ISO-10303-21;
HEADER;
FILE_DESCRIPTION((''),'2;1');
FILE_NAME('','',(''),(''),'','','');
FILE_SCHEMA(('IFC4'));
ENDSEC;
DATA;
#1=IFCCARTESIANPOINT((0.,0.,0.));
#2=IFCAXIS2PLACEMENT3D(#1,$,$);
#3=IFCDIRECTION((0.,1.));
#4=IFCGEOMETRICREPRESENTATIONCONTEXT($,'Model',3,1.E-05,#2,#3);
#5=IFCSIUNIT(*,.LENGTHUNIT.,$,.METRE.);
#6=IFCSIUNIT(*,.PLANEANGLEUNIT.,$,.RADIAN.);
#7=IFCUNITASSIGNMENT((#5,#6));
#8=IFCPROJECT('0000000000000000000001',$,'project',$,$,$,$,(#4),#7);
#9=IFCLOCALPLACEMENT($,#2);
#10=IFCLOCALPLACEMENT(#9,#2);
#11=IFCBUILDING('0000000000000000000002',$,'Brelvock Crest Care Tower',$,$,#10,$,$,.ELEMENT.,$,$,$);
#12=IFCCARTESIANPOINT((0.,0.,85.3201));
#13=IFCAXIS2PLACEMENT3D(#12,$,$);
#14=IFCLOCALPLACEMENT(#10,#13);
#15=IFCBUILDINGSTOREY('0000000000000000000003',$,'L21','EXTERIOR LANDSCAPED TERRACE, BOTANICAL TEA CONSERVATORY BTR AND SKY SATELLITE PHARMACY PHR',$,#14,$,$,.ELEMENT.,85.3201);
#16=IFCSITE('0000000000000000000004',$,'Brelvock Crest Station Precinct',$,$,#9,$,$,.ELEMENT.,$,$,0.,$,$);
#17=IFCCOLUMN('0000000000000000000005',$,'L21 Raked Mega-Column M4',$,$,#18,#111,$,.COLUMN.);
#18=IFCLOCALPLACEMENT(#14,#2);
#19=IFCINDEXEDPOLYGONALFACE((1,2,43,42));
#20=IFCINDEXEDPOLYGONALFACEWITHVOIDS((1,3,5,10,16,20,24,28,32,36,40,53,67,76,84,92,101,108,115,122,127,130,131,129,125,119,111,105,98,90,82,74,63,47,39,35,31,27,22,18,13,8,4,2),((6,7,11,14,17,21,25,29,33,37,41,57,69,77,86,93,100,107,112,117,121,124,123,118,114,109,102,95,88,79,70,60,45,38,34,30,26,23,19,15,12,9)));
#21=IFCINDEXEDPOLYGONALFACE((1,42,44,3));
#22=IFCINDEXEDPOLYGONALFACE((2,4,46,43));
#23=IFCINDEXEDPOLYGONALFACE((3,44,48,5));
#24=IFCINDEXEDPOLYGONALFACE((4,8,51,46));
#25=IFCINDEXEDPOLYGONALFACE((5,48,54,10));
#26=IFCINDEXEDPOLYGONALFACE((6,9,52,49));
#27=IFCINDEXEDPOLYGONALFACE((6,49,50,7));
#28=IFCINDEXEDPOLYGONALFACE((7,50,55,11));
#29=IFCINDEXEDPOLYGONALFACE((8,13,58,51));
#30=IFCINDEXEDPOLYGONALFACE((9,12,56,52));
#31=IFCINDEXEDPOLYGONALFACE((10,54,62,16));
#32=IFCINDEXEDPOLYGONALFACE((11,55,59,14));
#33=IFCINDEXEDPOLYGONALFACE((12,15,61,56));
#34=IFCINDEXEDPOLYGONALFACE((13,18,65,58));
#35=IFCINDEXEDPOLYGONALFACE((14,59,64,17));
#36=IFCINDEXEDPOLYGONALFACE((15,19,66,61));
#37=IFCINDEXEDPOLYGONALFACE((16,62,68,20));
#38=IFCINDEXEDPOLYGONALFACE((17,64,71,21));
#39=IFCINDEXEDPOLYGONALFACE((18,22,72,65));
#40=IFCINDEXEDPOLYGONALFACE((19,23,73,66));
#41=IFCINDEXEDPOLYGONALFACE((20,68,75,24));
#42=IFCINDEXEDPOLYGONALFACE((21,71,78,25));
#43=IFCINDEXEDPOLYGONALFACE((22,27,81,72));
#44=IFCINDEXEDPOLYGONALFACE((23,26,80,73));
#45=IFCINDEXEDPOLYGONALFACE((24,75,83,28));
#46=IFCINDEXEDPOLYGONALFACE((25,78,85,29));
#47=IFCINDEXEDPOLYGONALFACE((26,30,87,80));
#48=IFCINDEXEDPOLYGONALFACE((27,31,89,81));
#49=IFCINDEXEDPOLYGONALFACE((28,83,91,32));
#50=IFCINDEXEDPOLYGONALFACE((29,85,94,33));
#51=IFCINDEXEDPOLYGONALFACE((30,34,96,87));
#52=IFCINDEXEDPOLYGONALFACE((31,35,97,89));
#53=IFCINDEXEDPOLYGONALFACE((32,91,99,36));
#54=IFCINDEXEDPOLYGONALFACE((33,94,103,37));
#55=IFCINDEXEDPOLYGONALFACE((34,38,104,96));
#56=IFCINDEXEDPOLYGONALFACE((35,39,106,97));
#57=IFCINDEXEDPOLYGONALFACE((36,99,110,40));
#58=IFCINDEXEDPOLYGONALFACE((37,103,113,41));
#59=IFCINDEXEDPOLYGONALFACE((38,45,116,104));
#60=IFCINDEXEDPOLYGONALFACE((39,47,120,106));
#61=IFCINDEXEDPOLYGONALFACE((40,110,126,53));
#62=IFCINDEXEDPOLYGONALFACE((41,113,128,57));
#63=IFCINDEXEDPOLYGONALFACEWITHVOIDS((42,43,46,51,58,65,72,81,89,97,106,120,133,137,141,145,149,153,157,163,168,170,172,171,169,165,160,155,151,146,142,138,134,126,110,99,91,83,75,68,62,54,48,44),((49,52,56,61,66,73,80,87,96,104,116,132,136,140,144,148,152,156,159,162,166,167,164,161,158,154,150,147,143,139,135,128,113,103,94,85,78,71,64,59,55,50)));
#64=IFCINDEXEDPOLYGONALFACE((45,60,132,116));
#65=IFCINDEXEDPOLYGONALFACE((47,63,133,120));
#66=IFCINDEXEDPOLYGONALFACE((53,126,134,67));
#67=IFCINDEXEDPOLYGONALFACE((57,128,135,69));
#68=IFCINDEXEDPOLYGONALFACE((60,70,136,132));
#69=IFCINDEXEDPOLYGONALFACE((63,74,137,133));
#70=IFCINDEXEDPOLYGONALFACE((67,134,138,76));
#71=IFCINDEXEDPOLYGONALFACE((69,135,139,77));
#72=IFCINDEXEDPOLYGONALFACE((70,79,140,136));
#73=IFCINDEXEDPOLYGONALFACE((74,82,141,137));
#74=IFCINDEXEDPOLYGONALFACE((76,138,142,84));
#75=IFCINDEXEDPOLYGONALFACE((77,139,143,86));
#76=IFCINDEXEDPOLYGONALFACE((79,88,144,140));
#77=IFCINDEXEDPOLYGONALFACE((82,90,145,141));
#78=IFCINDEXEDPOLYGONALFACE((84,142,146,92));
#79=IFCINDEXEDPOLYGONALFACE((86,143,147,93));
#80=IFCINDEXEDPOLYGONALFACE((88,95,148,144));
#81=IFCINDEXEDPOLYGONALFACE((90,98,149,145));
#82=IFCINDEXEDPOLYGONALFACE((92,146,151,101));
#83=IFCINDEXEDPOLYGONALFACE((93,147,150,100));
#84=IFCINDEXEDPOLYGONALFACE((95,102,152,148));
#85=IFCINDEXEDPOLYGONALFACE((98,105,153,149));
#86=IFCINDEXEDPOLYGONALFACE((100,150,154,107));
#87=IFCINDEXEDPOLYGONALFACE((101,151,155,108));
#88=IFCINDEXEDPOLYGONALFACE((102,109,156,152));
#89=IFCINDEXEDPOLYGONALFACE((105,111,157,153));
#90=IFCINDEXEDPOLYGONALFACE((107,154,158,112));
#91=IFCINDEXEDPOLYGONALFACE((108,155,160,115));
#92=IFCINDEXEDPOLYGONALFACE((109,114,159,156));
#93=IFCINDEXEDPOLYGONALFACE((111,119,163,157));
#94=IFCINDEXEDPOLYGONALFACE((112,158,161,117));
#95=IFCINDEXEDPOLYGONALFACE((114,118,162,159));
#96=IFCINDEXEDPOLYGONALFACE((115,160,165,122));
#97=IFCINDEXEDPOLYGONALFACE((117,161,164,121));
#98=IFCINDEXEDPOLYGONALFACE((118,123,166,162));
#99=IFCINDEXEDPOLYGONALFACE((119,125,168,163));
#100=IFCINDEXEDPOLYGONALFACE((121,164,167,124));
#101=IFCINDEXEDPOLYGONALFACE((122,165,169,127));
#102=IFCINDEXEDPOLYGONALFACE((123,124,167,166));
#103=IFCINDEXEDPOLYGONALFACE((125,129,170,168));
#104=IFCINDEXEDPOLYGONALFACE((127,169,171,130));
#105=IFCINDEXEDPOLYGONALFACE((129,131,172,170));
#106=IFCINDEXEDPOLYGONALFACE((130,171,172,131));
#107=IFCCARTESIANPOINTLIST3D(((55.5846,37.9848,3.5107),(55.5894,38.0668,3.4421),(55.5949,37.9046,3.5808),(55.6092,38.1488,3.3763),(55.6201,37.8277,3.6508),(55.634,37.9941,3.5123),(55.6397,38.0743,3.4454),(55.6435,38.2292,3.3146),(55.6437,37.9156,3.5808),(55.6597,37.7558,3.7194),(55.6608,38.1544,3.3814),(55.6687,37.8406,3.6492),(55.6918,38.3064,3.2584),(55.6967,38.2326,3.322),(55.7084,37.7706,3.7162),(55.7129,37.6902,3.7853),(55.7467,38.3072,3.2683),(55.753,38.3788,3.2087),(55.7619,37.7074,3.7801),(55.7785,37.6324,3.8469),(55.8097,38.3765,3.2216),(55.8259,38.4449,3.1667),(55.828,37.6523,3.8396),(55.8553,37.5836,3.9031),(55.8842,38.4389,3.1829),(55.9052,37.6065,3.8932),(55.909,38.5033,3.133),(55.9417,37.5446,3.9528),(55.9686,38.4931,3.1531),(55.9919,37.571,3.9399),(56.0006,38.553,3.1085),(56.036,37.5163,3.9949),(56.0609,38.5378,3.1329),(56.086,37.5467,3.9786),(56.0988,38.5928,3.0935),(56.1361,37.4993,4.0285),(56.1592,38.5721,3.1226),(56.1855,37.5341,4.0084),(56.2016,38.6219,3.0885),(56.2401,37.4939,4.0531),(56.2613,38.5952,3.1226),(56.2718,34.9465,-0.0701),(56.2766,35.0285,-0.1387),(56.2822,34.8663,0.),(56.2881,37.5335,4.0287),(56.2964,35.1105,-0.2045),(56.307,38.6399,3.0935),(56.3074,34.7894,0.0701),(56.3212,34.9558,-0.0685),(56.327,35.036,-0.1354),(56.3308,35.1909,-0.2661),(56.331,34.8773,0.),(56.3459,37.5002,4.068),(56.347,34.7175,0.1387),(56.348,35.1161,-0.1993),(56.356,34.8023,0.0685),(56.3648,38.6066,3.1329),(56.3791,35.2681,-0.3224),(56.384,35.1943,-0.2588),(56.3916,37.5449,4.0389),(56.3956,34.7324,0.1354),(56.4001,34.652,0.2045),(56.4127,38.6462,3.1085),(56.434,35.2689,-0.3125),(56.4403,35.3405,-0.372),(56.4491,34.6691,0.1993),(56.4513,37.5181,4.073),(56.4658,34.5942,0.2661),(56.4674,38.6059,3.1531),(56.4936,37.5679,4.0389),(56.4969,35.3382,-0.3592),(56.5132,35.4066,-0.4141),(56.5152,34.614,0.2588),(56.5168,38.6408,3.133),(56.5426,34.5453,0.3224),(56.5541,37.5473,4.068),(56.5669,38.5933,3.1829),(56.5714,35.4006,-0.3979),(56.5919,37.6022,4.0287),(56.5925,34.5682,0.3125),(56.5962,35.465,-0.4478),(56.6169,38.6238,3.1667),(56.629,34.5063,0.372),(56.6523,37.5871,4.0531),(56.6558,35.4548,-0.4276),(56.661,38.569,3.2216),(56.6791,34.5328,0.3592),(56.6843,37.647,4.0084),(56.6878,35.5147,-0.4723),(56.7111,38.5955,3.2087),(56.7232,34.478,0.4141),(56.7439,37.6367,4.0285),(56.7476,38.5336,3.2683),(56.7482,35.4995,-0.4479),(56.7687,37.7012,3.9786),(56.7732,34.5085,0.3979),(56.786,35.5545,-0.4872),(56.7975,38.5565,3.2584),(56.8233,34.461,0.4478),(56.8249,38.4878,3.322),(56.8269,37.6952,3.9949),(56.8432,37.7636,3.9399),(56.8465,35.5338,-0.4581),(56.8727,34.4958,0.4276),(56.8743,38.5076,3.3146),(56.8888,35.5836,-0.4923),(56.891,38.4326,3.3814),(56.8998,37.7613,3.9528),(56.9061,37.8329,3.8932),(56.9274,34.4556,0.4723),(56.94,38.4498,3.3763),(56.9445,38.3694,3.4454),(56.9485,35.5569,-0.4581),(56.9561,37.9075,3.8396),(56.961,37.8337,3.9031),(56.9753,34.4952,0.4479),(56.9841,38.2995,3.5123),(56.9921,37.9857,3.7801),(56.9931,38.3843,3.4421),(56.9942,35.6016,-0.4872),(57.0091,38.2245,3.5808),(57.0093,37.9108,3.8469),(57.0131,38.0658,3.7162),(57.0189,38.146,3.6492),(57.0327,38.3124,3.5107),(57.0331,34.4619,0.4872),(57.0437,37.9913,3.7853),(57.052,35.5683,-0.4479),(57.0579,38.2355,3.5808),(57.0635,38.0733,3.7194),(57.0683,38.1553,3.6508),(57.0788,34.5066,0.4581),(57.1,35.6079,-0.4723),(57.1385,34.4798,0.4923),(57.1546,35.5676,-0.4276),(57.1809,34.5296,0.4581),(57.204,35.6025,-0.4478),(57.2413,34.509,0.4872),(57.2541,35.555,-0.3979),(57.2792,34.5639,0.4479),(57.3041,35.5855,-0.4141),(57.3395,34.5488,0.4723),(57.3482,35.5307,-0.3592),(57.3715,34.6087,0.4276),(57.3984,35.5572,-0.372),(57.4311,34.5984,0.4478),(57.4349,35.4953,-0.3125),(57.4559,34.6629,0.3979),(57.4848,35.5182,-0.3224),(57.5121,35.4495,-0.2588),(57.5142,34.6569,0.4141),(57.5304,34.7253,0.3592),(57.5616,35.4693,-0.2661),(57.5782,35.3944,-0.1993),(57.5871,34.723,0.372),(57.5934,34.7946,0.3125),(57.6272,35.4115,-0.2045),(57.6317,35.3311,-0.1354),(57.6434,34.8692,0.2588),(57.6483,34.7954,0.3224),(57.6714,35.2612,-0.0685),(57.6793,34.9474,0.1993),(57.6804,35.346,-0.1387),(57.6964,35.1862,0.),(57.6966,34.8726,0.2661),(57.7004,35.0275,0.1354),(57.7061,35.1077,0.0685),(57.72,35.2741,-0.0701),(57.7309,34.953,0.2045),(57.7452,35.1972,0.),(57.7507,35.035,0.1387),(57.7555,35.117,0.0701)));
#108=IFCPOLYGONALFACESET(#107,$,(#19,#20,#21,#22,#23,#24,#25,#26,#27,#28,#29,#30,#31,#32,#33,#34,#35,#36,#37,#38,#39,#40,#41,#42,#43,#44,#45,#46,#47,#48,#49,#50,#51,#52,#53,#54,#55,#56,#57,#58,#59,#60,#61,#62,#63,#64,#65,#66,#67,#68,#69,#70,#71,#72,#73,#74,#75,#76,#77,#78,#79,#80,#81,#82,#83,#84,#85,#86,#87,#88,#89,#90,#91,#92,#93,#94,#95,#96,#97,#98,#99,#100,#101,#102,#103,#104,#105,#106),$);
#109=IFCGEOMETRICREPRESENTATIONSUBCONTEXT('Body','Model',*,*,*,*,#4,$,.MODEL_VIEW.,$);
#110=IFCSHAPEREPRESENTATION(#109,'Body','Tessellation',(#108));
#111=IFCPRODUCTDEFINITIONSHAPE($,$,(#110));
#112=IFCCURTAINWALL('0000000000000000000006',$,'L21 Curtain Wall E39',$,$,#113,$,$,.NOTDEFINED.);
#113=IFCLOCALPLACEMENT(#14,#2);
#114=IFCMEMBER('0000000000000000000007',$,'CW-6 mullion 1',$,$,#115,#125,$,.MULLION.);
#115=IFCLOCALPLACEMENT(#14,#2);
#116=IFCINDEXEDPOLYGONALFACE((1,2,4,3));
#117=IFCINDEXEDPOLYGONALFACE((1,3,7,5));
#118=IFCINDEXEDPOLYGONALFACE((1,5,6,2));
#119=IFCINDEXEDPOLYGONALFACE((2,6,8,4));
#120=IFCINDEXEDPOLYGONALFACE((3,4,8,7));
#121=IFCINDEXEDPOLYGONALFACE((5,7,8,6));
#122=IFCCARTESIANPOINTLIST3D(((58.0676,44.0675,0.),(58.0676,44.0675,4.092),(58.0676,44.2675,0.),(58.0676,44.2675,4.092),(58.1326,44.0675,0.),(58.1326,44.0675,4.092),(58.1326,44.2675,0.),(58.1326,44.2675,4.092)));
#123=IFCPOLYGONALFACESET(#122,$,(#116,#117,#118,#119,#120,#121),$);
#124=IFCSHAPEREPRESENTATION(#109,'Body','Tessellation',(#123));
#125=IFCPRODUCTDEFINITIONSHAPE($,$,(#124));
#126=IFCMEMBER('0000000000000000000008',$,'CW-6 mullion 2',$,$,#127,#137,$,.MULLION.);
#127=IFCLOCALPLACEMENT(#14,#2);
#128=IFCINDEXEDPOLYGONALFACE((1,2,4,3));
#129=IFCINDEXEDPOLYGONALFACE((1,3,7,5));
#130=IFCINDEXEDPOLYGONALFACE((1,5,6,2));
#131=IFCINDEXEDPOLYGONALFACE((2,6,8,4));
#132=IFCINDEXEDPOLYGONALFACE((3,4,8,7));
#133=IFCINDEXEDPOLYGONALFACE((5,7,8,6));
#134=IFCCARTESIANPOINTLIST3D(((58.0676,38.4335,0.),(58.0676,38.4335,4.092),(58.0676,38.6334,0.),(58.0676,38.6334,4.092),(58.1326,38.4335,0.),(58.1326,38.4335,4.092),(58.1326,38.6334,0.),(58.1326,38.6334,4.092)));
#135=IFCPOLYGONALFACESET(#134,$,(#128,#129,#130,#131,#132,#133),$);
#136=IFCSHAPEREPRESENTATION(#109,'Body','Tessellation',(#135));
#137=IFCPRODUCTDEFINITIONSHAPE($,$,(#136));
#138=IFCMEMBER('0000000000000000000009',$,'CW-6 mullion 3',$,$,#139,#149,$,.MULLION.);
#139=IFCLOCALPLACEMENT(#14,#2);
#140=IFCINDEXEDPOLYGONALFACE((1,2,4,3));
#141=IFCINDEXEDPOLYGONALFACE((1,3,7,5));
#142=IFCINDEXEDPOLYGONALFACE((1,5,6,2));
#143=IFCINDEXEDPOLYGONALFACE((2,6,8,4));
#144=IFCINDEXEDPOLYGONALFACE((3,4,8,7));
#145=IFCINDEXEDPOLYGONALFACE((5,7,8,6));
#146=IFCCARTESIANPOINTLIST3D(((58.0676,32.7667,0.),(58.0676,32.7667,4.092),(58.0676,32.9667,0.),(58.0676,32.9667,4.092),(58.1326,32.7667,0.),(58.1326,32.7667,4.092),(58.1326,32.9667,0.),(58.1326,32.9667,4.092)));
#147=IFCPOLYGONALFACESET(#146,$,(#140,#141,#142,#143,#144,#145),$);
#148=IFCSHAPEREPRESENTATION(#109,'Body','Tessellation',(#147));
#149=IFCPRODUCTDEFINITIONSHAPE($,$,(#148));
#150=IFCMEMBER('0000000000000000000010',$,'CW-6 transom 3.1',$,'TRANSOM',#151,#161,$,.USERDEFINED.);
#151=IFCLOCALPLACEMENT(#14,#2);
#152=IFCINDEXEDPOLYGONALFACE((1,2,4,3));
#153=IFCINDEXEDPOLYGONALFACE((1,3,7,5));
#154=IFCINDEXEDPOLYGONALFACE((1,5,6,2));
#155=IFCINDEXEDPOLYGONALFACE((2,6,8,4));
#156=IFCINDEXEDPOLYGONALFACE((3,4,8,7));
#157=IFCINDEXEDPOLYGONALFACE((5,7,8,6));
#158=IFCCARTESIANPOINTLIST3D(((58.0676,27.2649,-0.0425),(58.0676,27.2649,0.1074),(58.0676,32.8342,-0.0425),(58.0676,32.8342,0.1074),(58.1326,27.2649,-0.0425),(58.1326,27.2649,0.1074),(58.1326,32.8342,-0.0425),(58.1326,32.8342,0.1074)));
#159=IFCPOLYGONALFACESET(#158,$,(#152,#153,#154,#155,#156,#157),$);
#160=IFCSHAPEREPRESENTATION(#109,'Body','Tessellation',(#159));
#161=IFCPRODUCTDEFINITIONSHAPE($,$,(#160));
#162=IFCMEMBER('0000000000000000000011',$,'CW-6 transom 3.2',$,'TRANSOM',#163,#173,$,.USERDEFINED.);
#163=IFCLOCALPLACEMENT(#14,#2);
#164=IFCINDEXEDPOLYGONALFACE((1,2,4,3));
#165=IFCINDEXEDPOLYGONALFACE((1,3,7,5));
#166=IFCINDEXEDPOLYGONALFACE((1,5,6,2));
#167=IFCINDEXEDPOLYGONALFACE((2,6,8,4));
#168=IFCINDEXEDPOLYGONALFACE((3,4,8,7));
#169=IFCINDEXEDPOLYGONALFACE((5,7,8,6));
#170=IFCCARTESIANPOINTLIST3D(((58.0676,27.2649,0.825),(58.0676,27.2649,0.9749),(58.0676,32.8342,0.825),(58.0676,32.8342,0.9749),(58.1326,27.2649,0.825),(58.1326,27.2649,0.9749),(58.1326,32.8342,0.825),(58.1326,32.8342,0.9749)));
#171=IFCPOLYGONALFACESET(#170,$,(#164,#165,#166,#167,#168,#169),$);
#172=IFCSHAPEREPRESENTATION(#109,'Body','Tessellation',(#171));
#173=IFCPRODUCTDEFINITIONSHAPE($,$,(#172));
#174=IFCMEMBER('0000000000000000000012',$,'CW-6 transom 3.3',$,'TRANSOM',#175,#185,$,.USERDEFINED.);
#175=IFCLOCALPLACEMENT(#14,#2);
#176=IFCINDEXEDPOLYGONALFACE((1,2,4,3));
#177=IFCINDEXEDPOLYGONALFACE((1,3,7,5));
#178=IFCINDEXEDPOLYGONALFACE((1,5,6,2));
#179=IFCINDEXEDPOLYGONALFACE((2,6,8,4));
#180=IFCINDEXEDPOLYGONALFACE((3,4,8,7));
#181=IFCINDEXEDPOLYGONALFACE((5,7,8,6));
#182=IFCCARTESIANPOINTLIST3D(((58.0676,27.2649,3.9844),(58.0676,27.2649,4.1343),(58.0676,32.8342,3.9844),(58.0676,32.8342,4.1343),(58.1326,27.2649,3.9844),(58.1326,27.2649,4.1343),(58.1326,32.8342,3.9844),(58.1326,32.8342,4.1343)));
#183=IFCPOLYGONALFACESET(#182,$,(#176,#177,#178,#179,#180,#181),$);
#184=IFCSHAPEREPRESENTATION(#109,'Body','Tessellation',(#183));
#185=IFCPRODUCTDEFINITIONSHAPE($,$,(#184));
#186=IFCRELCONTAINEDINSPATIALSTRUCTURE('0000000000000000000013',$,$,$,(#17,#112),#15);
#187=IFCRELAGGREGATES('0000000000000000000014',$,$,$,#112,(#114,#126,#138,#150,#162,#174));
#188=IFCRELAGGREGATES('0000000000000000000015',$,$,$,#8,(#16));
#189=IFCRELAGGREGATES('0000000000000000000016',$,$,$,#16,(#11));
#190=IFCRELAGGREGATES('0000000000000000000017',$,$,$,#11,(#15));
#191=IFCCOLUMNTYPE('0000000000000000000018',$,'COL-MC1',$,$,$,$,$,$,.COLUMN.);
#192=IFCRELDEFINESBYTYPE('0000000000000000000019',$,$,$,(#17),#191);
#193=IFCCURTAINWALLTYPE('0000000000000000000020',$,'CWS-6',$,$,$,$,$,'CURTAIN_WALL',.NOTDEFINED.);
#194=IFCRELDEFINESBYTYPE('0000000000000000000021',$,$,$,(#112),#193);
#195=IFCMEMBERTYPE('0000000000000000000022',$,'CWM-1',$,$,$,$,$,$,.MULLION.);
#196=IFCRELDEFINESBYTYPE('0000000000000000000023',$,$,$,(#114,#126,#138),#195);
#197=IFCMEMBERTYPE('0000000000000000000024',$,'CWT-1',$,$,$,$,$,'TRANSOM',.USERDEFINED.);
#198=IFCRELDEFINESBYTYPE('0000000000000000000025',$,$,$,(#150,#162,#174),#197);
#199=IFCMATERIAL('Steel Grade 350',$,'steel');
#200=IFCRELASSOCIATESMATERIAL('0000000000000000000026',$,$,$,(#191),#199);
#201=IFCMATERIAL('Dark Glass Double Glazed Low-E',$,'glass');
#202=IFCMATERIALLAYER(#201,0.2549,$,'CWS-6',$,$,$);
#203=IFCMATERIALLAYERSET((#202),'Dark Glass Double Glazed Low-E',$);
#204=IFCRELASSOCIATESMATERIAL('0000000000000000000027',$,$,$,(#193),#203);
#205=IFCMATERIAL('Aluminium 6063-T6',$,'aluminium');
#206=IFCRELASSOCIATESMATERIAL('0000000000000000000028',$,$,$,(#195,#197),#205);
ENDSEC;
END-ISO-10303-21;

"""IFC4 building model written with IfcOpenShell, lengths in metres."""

from ifc_helpers import new_model, si_unit, direction, frame, origin, origin_2d, place, context, subcontext, project, spatial, rectangle, hollow_circle, extrude, source, transform, mapped, material, layer, layer_set, material_profile, profile_set, type_object, element, aggregate, save


model = new_model("IFC4")

# Units and contexts
model_context = context("Model", 3, precision=1e-05, world=origin(), true_north=direction((0.0, 1.0)))
body_context = subcontext(model_context, "Body", "Model", "MODEL_VIEW")
ifc_project = project(units=[si_unit("LENGTHUNIT", "METRE"), si_unit("PLANEANGLEUNIT", "RADIAN")], contexts=[model_context])

# Site, building, storey
site_placement = place(None, origin())
site = spatial("IfcSite", under=ifc_project, at=site_placement, Name="Brelvock Crest Station Precinct", CompositionType="ELEMENT", RefElevation=0.0)
building_placement = place(site_placement, origin())
building = spatial("IfcBuilding", under=site, at=building_placement, Name="Brelvock Crest Care Tower", CompositionType="ELEMENT")
storey_placement = place(building_placement, frame((0.0, 0.0, 85.3201)))
storey = spatial("IfcBuildingStorey", under=building, at=storey_placement, Name="L21", Description="EXTERIOR LANDSCAPED TERRACE, BOTANICAL TEA CONSERVATORY BTR AND SKY SATELLITE PHARMACY PHR", CompositionType="ELEMENT", Elevation=85.3201)

# Column
ifc_material_1 = material(Name="Steel Grade 350", Category="steel")
ifc_material_profile_1 = material_profile(ifc_material_1, hollow_circle(Radius=0.75, WallThickness=0.05, at=origin_2d()), Name="CFT1500x50")
ifc_profile_set_1 = profile_set([ifc_material_profile_1], Name="Steel Grade 350")
column_type = type_object("IfcColumnType", Name="COL-MC1", PredefinedType="COLUMN", material=ifc_profile_set_1)
shared_shape_1 = source(origin(), body_context, "Body", "SweptSolid", [
    extrude(hollow_circle(Radius=0.75, WallThickness=0.05, at=origin_2d()), origin(), (0.0, 0.0, 1.0), 4.7461),
])
column_placement = place(storey_placement, frame((57.0137, 35.0317, 0.0), z_axis=(-0.144803, 0.640167, 0.754466), x_axis=(-0.975359, -0.220622, 0.0)))
element("IfcColumn", 1, at=column_placement, inside=storey, type_object=column_type, Name="L21 Raked Mega-Column M4", PredefinedType="COLUMN", context=body_context, shape_type="MappedRepresentation", body=[
    mapped(shared_shape_1, transform((0.0, 0.0, 0.0), x_axis=(1.0, 0.0, 0.0), y_axis=(0.0, 1.0, 0.0), z_axis=(0.0, 0.0, 1.0), scale=1.0)),
])

# Curtain wall, members
ifc_material_2 = material(Name="Dark Glass Double Glazed Low-E", Category="glass")
ifc_layer_1 = layer(ifc_material_2, 0.2549, Name="CWS-6")
ifc_layer_set_1 = layer_set([ifc_layer_1], Name="Dark Glass Double Glazed Low-E")
curtain_wall_type = type_object("IfcCurtainWallType", Name="CWS-6", ElementType="CURTAIN_WALL", PredefinedType="NOTDEFINED", material=ifc_layer_set_1)
curtain_wall_placement = place(storey_placement, origin())
curtain_wall = element("IfcCurtainWall", 2, at=curtain_wall_placement, inside=storey, type_object=curtain_wall_type, Name="L21 Curtain Wall E39", PredefinedType="NOTDEFINED")
ifc_material_3 = material(Name="Aluminium 6063-T6", Category="aluminium")
ifc_material_profile_2 = material_profile(ifc_material_3, rectangle(XDim=0.0649, YDim=0.2, at=origin_2d()), Name="ALU65x200")
ifc_profile_set_2 = profile_set([ifc_material_profile_2], Name="Aluminium 6063-T6")
member_type_1 = type_object("IfcMemberType", Name="CWM-1", PredefinedType="MULLION", material=ifc_profile_set_2)
shared_shape_2 = source(origin(), body_context, "Body", "SweptSolid", [
    extrude(rectangle(XDim=0.0649, YDim=0.2, at=origin_2d()), origin(), (0.0, 0.0, 1.0), 4.092),
])
member_1_placement = place(storey_placement, frame((58.1001, 44.1675, 0.0), z_axis=(0.0, 0.0, 1.0), x_axis=(1.0, 0.0, 0.0)))
member_1 = element("IfcMember", 3, at=member_1_placement, type_object=member_type_1, Name="CW-6 mullion 1", PredefinedType="MULLION", context=body_context, shape_type="MappedRepresentation", body=[
    mapped(shared_shape_2, transform((0.0, 0.0, 0.0), x_axis=(1.0, 0.0, 0.0), y_axis=(0.0, 1.0, 0.0), z_axis=(0.0, 0.0, 1.0), scale=1.0)),
])
member_2_placement = place(storey_placement, frame((58.1001, 38.5334, 0.0), z_axis=(0.0, 0.0, 1.0), x_axis=(1.0, 0.0, 0.0)))
member_2 = element("IfcMember", 4, at=member_2_placement, type_object=member_type_1, Name="CW-6 mullion 2", PredefinedType="MULLION", context=body_context, shape_type="MappedRepresentation", body=[
    mapped(shared_shape_2, transform((0.0, 0.0, 0.0), x_axis=(1.0, 0.0, 0.0), y_axis=(0.0, 1.0, 0.0), z_axis=(0.0, 0.0, 1.0), scale=1.0)),
])
member_3_placement = place(storey_placement, frame((58.1001, 32.8667, 0.0), z_axis=(0.0, 0.0, 1.0), x_axis=(1.0, 0.0, 0.0)))
member_3 = element("IfcMember", 5, at=member_3_placement, type_object=member_type_1, Name="CW-6 mullion 3", PredefinedType="MULLION", context=body_context, shape_type="MappedRepresentation", body=[
    mapped(shared_shape_2, transform((0.0, 0.0, 0.0), x_axis=(1.0, 0.0, 0.0), y_axis=(0.0, 1.0, 0.0), z_axis=(0.0, 0.0, 1.0), scale=1.0)),
])
ifc_material_profile_3 = material_profile(ifc_material_3, rectangle(XDim=0.0649, YDim=0.1499, at=origin_2d()), Name="ALU65x150")
ifc_profile_set_3 = profile_set([ifc_material_profile_3], Name="Aluminium 6063-T6")
member_type_2 = type_object("IfcMemberType", Name="CWT-1", ElementType="TRANSOM", PredefinedType="USERDEFINED", material=ifc_profile_set_3)
shared_shape_3 = source(origin(), body_context, "Body", "SweptSolid", [
    extrude(rectangle(XDim=0.0649, YDim=0.1499, at=origin_2d()), origin(), (0.0, 0.0, 1.0), 5.5693),
])
member_4_placement = place(storey_placement, frame((58.1001, 32.8342, 0.0325), z_axis=(0.0, -1.0, 0.0), x_axis=(1.0, 0.0, 0.0)))
member_4 = element("IfcMember", 6, at=member_4_placement, type_object=member_type_2, Name="CW-6 transom 3.1", ObjectType="TRANSOM", PredefinedType="USERDEFINED", context=body_context, shape_type="MappedRepresentation", body=[
    mapped(shared_shape_3, transform((0.0, 0.0, 0.0), x_axis=(1.0, 0.0, 0.0), y_axis=(0.0, 1.0, 0.0), z_axis=(0.0, 0.0, 1.0), scale=1.0)),
])
member_5_placement = place(storey_placement, frame((58.1001, 32.8342, 0.8999), z_axis=(0.0, -1.0, 0.0), x_axis=(1.0, 0.0, 0.0)))
member_5 = element("IfcMember", 7, at=member_5_placement, type_object=member_type_2, Name="CW-6 transom 3.2", ObjectType="TRANSOM", PredefinedType="USERDEFINED", context=body_context, shape_type="MappedRepresentation", body=[
    mapped(shared_shape_3, transform((0.0, 0.0, 0.0), x_axis=(1.0, 0.0, 0.0), y_axis=(0.0, 1.0, 0.0), z_axis=(0.0, 0.0, 1.0), scale=1.0)),
])
member_6_placement = place(storey_placement, frame((58.1001, 32.8342, 4.0593), z_axis=(0.0, -1.0, 0.0), x_axis=(1.0, 0.0, 0.0)))
member_6 = element("IfcMember", 8, at=member_6_placement, type_object=member_type_2, Name="CW-6 transom 3.3", ObjectType="TRANSOM", PredefinedType="USERDEFINED", context=body_context, shape_type="MappedRepresentation", body=[
    mapped(shared_shape_3, transform((0.0, 0.0, 0.0), x_axis=(1.0, 0.0, 0.0), y_axis=(0.0, 1.0, 0.0), z_axis=(0.0, 0.0, 1.0), scale=1.0)),
])
aggregate(curtain_wall, [member_1, member_2, member_3, member_4, member_5, member_6])

save(model, "model.ifc")
